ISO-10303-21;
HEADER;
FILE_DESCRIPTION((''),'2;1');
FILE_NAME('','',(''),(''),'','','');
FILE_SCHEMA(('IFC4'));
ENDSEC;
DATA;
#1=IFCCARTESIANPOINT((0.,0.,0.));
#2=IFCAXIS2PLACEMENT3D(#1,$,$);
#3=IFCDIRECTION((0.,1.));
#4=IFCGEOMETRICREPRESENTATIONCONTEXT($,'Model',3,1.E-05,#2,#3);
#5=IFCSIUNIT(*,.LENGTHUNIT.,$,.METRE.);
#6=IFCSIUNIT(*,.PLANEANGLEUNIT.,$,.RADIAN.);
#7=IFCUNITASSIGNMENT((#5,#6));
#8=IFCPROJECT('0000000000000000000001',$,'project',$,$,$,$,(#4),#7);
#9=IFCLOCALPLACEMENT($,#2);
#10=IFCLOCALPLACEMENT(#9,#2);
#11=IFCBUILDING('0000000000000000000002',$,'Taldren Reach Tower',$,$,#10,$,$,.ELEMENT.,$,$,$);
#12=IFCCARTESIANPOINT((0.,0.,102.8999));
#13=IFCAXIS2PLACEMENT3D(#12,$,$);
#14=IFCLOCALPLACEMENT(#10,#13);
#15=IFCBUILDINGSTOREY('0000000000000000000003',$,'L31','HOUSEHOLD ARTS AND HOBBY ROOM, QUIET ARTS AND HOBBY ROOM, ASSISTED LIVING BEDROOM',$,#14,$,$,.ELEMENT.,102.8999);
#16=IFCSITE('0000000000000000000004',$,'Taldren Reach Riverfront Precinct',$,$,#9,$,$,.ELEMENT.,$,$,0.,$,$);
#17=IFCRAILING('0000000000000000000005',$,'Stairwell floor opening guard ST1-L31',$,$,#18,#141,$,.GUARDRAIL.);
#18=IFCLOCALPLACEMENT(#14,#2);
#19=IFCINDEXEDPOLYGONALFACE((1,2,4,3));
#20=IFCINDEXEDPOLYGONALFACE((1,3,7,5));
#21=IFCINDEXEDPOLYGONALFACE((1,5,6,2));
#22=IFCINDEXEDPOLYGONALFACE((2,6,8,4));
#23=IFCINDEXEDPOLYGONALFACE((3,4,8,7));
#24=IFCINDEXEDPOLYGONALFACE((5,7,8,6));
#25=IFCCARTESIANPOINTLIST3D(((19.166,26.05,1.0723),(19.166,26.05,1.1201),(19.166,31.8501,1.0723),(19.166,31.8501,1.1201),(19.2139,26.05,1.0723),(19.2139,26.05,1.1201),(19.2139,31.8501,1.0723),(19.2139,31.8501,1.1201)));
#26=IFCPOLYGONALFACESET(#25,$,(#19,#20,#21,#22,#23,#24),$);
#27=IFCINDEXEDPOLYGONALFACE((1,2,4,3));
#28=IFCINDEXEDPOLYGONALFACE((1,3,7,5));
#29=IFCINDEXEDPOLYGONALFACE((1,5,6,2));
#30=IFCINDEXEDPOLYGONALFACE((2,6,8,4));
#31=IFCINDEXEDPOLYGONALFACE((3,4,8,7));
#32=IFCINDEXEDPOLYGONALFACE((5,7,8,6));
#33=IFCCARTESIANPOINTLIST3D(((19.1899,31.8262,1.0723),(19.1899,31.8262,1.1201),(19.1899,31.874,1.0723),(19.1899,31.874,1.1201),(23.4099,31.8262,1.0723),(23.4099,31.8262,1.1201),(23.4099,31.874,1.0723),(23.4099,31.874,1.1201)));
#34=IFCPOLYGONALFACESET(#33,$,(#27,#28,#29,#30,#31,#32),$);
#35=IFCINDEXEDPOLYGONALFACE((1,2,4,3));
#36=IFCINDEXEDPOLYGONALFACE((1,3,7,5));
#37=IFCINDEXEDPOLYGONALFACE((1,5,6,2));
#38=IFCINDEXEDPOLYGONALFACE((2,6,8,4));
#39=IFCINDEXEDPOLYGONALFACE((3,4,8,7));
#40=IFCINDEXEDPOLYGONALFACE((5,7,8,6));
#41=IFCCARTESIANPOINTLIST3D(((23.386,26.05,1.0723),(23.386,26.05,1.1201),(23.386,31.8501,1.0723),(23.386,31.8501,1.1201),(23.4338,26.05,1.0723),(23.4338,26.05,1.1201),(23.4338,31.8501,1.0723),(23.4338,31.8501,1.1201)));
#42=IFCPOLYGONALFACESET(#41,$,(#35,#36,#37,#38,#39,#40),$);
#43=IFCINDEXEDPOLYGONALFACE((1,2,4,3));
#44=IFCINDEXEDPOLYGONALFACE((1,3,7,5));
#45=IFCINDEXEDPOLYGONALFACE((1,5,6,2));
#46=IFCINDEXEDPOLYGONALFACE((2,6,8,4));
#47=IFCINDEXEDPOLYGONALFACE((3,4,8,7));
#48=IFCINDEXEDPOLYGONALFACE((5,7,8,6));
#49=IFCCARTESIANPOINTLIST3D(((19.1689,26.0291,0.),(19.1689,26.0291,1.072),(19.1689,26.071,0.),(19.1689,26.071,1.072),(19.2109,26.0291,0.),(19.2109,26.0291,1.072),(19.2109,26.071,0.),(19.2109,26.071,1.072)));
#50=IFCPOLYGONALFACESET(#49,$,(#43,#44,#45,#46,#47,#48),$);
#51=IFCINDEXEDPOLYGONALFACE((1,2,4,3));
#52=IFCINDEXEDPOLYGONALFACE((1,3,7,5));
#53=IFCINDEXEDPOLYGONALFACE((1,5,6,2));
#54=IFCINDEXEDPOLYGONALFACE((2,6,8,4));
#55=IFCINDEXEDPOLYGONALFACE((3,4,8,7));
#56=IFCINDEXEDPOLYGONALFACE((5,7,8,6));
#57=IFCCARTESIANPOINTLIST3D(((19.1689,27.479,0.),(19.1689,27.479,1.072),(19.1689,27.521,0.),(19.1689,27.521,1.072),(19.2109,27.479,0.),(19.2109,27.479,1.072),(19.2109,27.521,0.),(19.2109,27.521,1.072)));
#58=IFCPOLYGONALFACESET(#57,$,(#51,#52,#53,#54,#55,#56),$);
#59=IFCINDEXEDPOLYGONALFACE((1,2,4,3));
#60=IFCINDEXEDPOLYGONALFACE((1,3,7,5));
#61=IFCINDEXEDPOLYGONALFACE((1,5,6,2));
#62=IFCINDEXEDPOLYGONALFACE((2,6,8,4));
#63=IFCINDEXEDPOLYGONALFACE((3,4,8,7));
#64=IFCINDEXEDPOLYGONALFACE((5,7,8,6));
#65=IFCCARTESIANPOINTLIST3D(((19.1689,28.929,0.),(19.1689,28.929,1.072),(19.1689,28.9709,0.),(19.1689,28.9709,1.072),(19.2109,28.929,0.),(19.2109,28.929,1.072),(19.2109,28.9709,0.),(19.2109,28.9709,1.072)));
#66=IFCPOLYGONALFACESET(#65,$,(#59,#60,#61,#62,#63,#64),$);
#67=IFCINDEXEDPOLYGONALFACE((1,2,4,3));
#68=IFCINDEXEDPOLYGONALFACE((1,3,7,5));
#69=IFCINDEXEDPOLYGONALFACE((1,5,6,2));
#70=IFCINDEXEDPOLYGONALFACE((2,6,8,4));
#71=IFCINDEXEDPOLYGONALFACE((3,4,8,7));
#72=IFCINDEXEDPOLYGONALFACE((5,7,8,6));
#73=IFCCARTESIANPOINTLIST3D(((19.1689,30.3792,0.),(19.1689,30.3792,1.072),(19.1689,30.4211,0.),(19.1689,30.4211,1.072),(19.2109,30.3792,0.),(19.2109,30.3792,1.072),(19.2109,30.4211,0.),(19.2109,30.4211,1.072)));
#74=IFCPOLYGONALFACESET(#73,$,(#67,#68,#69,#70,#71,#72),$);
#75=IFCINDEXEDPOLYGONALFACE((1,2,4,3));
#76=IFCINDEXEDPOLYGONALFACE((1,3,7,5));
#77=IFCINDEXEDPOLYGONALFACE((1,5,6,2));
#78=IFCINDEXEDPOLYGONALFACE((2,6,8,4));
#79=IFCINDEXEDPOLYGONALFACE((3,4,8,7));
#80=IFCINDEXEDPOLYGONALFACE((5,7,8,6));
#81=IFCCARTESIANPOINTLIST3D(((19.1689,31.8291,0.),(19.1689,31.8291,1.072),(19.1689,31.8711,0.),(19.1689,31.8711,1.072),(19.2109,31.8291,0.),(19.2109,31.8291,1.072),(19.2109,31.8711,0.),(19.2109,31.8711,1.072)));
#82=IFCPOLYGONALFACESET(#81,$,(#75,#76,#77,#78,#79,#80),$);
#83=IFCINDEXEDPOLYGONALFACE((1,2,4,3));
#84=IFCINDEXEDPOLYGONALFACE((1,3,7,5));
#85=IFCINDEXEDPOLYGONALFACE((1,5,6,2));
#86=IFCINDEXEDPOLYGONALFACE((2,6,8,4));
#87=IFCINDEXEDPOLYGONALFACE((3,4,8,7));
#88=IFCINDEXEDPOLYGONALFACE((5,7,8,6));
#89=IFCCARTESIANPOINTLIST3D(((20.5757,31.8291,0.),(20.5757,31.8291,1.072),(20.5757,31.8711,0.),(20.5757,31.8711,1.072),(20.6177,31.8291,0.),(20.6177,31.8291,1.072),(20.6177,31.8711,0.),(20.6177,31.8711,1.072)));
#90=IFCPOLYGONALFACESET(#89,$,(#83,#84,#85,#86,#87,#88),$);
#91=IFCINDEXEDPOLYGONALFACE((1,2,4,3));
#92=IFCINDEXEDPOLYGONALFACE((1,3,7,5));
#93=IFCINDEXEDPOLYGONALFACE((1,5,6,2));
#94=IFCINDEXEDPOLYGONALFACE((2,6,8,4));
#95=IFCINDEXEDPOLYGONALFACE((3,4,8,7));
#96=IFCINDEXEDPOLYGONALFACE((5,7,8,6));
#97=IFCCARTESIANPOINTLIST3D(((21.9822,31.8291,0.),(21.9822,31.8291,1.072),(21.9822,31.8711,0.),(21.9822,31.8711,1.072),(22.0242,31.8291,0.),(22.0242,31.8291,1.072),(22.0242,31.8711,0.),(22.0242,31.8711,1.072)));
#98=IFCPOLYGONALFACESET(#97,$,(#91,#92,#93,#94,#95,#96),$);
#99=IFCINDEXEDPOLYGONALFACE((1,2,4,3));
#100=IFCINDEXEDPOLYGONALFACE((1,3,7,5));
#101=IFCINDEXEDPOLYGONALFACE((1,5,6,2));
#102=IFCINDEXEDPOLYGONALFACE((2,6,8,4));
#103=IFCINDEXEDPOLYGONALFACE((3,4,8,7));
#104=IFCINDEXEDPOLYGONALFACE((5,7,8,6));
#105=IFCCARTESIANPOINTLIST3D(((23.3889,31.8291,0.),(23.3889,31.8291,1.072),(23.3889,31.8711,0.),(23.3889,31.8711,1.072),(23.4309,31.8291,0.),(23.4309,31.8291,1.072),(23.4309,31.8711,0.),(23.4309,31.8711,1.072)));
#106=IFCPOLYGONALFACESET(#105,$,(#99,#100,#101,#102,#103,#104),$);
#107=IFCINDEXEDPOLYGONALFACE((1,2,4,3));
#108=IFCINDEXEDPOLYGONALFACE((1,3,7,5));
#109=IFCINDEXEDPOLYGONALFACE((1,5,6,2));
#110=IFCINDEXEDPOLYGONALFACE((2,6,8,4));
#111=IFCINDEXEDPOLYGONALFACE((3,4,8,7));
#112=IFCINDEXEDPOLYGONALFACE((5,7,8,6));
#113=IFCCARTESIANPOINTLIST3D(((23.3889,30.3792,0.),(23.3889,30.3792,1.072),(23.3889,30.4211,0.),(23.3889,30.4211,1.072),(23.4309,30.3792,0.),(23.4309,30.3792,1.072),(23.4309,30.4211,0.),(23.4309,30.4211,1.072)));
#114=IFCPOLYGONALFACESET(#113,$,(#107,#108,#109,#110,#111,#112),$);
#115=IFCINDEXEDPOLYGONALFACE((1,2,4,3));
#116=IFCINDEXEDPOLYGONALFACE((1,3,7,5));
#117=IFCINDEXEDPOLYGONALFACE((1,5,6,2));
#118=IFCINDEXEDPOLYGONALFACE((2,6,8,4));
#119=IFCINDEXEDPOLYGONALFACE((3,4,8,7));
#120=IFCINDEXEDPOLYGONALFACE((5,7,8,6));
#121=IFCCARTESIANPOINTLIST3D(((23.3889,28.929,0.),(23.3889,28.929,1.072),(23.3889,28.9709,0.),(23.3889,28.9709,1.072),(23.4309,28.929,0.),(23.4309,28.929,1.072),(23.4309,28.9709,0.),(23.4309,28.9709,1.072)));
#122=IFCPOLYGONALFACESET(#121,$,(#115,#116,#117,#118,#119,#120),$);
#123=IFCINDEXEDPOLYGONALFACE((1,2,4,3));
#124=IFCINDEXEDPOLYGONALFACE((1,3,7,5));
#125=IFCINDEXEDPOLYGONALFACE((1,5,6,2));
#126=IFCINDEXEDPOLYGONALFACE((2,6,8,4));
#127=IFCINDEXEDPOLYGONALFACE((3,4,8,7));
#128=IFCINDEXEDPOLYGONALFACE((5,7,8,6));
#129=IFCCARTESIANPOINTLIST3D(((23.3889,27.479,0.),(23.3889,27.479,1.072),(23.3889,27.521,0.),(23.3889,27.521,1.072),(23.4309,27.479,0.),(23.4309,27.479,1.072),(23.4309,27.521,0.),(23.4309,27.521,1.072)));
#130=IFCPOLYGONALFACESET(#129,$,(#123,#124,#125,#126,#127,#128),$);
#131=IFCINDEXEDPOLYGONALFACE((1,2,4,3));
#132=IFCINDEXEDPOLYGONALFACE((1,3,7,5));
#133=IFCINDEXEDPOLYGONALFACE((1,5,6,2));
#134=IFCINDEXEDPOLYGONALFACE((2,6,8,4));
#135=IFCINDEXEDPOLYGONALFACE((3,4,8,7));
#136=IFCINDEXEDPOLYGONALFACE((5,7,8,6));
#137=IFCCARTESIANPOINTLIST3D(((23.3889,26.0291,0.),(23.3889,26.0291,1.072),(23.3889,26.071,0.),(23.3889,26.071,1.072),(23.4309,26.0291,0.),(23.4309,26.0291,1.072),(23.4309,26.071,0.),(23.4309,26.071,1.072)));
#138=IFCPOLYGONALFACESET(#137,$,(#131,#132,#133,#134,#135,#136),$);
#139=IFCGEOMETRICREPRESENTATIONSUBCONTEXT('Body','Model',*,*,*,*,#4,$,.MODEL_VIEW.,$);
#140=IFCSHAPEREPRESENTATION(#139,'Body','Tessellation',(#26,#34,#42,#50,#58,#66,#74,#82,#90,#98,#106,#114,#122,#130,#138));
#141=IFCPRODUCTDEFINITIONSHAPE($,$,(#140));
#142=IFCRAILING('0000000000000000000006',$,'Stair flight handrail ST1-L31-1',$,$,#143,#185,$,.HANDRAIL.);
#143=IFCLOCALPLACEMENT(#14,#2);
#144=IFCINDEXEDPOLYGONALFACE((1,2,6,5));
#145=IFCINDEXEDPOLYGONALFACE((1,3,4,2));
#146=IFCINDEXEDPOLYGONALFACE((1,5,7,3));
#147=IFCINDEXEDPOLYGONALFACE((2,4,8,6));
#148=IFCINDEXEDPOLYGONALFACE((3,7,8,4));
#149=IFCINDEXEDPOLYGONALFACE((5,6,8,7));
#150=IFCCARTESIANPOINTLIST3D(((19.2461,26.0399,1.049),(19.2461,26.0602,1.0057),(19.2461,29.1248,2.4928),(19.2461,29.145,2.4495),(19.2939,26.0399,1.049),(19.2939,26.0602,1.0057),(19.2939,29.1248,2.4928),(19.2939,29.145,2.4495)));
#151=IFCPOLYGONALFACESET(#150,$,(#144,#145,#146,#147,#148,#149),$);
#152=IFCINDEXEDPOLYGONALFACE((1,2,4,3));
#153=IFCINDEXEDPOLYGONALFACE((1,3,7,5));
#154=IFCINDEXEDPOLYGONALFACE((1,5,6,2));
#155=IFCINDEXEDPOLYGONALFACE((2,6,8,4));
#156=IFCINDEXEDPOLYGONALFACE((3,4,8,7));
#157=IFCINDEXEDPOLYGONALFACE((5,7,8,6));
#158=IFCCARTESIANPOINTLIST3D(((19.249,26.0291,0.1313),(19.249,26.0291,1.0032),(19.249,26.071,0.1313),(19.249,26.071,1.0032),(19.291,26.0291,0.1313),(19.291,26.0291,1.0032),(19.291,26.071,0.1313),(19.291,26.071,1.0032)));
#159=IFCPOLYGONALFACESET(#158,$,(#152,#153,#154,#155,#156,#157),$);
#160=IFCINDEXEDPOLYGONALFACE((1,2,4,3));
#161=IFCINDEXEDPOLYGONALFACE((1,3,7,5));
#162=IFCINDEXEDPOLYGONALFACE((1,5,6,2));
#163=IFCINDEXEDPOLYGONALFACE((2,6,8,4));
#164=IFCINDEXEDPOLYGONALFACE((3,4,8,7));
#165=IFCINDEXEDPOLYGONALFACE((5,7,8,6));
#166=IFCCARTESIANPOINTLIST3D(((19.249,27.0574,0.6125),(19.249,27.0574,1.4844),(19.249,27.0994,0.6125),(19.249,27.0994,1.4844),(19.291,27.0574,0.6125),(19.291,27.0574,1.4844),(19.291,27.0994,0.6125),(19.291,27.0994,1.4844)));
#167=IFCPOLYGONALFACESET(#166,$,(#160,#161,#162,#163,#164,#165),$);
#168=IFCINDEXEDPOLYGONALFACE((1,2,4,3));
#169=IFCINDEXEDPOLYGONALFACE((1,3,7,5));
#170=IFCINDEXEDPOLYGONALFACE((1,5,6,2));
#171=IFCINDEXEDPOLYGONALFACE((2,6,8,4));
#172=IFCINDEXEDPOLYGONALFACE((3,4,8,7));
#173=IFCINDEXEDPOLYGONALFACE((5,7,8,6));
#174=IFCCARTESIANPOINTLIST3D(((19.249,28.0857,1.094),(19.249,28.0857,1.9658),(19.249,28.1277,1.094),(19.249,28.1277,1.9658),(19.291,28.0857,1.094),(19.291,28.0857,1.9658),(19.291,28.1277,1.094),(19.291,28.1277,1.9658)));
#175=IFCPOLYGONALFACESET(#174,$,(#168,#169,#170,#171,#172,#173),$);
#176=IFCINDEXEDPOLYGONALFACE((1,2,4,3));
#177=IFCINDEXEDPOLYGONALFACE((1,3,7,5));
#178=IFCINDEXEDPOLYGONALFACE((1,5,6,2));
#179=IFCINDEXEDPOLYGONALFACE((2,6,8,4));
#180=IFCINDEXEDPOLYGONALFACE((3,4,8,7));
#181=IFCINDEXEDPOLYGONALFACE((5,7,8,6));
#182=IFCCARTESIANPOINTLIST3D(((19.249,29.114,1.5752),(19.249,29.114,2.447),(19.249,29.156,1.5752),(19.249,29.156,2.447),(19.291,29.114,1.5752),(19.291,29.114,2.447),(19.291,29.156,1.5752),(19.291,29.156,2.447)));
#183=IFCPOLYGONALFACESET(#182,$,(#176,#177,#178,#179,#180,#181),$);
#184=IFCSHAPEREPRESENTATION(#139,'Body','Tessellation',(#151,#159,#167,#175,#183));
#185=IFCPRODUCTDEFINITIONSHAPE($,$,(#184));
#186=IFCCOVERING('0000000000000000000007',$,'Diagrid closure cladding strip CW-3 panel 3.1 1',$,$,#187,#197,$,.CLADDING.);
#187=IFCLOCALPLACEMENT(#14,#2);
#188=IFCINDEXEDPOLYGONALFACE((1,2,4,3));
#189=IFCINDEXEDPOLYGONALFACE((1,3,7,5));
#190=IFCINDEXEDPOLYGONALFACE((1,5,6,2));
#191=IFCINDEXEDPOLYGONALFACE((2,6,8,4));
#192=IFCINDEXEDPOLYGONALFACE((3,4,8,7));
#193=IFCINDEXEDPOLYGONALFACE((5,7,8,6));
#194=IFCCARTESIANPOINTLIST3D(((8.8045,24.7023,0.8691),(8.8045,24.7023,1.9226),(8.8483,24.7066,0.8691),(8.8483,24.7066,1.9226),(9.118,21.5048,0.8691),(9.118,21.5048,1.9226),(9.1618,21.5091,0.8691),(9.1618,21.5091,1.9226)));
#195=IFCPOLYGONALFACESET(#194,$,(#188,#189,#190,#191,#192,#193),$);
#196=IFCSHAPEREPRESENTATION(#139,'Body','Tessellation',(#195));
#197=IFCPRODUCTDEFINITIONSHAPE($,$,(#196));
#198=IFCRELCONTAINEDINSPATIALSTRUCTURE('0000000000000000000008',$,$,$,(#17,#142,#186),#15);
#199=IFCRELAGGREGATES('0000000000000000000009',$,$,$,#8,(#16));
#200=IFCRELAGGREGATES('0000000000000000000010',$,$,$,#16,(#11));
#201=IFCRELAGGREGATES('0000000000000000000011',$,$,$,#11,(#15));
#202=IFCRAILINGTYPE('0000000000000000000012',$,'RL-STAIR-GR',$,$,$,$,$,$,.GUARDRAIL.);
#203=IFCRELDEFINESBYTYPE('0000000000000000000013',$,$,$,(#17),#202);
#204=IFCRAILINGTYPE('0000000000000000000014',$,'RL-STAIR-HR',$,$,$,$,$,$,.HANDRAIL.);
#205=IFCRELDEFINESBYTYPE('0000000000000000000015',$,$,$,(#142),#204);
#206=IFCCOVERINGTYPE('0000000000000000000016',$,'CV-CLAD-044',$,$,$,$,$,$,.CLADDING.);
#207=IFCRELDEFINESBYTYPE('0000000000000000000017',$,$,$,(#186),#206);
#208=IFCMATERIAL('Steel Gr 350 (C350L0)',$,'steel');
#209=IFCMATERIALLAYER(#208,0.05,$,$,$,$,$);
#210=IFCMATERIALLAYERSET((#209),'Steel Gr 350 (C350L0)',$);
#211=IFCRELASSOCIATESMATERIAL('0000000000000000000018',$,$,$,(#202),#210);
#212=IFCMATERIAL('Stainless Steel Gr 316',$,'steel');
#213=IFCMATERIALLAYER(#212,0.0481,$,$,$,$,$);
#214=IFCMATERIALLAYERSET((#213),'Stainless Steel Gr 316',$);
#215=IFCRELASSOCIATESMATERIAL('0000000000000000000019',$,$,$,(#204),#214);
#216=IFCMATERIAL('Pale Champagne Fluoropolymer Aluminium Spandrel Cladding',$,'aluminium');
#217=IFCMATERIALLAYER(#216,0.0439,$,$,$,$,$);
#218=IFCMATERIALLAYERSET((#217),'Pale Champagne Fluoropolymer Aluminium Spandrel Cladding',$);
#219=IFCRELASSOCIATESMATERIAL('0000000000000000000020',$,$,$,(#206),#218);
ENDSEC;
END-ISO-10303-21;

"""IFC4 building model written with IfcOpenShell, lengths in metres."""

from ifc_helpers import new_model, si_unit, direction, frame, origin, origin_2d, place, context, subcontext, project, spatial, rectangle, extrude, source, transform, mapped, material, layer, layer_set, type_object, element, save


model = new_model("IFC4")

# Units and contexts
model_context = context("Model", 3, precision=1e-05, world=origin(), true_north=direction((0.0, 1.0)))
body_context = subcontext(model_context, "Body", "Model", "MODEL_VIEW")
ifc_project = project(units=[si_unit("LENGTHUNIT", "METRE"), si_unit("PLANEANGLEUNIT", "RADIAN")], contexts=[model_context])

# Site, building, storey
site_placement = place(None, origin())
site = spatial("IfcSite", under=ifc_project, at=site_placement, Name="Taldren Reach Riverfront Precinct", CompositionType="ELEMENT", RefElevation=0.0)
building_placement = place(site_placement, origin())
building = spatial("IfcBuilding", under=site, at=building_placement, Name="Taldren Reach Tower", CompositionType="ELEMENT")
storey_placement = place(building_placement, frame((0.0, 0.0, 102.8999)))
storey = spatial("IfcBuildingStorey", under=building, at=storey_placement, Name="L31", Description="HOUSEHOLD ARTS AND HOBBY ROOM, QUIET ARTS AND HOBBY ROOM, ASSISTED LIVING BEDROOM", CompositionType="ELEMENT", Elevation=102.8999)

# Shared definitions
ifc_material_1 = material(Name="Steel Gr 350 (C350L0)", Category="steel")

# Railings
ifc_layer_1 = layer(ifc_material_1, 0.05)
ifc_layer_set_1 = layer_set([ifc_layer_1], Name="Steel Gr 350 (C350L0)")
railing_type_1 = type_object("IfcRailingType", Name="RL-STAIR-GR", PredefinedType="GUARDRAIL", material=ifc_layer_set_1)
railing_1_placement = place(storey_placement, frame((19.1899, 26.05, 0.0)))
element("IfcRailing", 1, at=railing_1_placement, inside=storey, type_object=railing_type_1, Name="Stairwell floor opening guard ST1-L31", PredefinedType="GUARDRAIL", context=body_context, shape_type="SweptSolid", body=[
    extrude(rectangle(XDim=0.0479, YDim=0.0479, at=origin_2d()), frame((0.0, 0.0, 1.0962), z_axis=(0.0, 1.0, 0.0), x_axis=(-1.0, 0.0, 0.0)), (0.0, 0.0, 1.0), 5.8),
    extrude(rectangle(XDim=0.0479, YDim=0.0479, at=origin_2d()), frame((0.0, 5.8, 1.0962), z_axis=(1.0, 0.0, 0.0), x_axis=(0.0, 1.0, 0.0)), (0.0, 0.0, 1.0), 4.22),
    extrude(rectangle(XDim=0.0479, YDim=0.0479, at=origin_2d()), frame((4.22, 5.8, 1.0962), z_axis=(0.0, -1.0, 0.0), x_axis=(1.0, 0.0, 0.0)), (0.0, 0.0, 1.0), 5.8),
    extrude(rectangle(XDim=0.042, YDim=0.042, at=origin_2d()), origin(), (0.0, 0.0, 1.0), 1.072),
    extrude(rectangle(XDim=0.042, YDim=0.042, at=origin_2d()), frame((0.0, 1.45, 0.0)), (0.0, 0.0, 1.0), 1.072),
    extrude(rectangle(XDim=0.042, YDim=0.042, at=origin_2d()), frame((0.0, 2.8999, 0.0)), (0.0, 0.0, 1.0), 1.072),
    extrude(rectangle(XDim=0.042, YDim=0.042, at=origin_2d()), frame((0.0, 4.3501, 0.0)), (0.0, 0.0, 1.0), 1.072),
    extrude(rectangle(XDim=0.042, YDim=0.042, at=origin_2d()), frame((0.0, 5.8, 0.0)), (0.0, 0.0, 1.0), 1.072),
    extrude(rectangle(XDim=0.042, YDim=0.042, at=origin_2d()), frame((1.4067, 5.8, 0.0)), (0.0, 0.0, 1.0), 1.072),
    extrude(rectangle(XDim=0.042, YDim=0.042, at=origin_2d()), frame((2.8132, 5.8, 0.0)), (0.0, 0.0, 1.0), 1.072),
    extrude(rectangle(XDim=0.042, YDim=0.042, at=origin_2d()), frame((4.22, 5.8, 0.0)), (0.0, 0.0, 1.0), 1.072),
    extrude(rectangle(XDim=0.042, YDim=0.042, at=origin_2d()), frame((4.22, 4.3501, 0.0)), (0.0, 0.0, 1.0), 1.072),
    extrude(rectangle(XDim=0.042, YDim=0.042, at=origin_2d()), frame((4.22, 2.8999, 0.0)), (0.0, 0.0, 1.0), 1.072),
    extrude(rectangle(XDim=0.042, YDim=0.042, at=origin_2d()), frame((4.22, 1.45, 0.0)), (0.0, 0.0, 1.0), 1.072),
    extrude(rectangle(XDim=0.042, YDim=0.042, at=origin_2d()), frame((4.22, 0.0, 0.0)), (0.0, 0.0, 1.0), 1.072),
])
ifc_material_2 = material(Name="Stainless Steel Gr 316", Category="steel")
ifc_layer_2 = layer(ifc_material_2, 0.0481)
ifc_layer_set_2 = layer_set([ifc_layer_2], Name="Stainless Steel Gr 316")
railing_type_2 = type_object("IfcRailingType", Name="RL-STAIR-HR", PredefinedType="HANDRAIL", material=ifc_layer_set_2)
railing_2_placement = place(storey_placement, frame((19.27, 26.05, 0.1313)))
element("IfcRailing", 2, at=railing_2_placement, inside=storey, type_object=railing_type_2, Name="Stair flight handrail ST1-L31-1", PredefinedType="HANDRAIL", context=body_context, shape_type="SweptSolid", body=[
    extrude(rectangle(XDim=0.0479, YDim=0.0479, at=origin_2d()), frame((0.0, 0.0, 0.896), z_axis=(0.0, 0.90571, 0.423898), x_axis=(-1.0, 0.0, 0.0)), (0.0, 0.0, 1.0), 3.406),
    extrude(rectangle(XDim=0.042, YDim=0.042, at=origin_2d()), origin(), (0.0, 0.0, 1.0), 0.8718),
    extrude(rectangle(XDim=0.042, YDim=0.042, at=origin_2d()), frame((0.0, 1.0283, 0.4812)), (0.0, 0.0, 1.0), 0.8718),
    extrude(rectangle(XDim=0.042, YDim=0.042, at=origin_2d()), frame((0.0, 2.0566, 0.9626)), (0.0, 0.0, 1.0), 0.8718),
    extrude(rectangle(XDim=0.042, YDim=0.042, at=origin_2d()), frame((0.0, 3.085, 1.4438)), (0.0, 0.0, 1.0), 0.8718),
])

# Covering
ifc_material_3 = material(Name="Pale Champagne Fluoropolymer Aluminium Spandrel Cladding", Category="aluminium")
ifc_layer_3 = layer(ifc_material_3, 0.0439)
ifc_layer_set_3 = layer_set([ifc_layer_3], Name="Pale Champagne Fluoropolymer Aluminium Spandrel Cladding")
covering_type = type_object("IfcCoveringType", Name="CV-CLAD-044", PredefinedType="CLADDING", material=ifc_layer_set_3)
shared_shape_1 = source(origin(), body_context, "Body", "SweptSolid", [
    extrude(rectangle(XDim=3.2129, YDim=0.0439, at=origin_2d()), origin(), (0.0, 0.0, 1.0), 1.0535),
])
covering_placement = place(storey_placement, frame((8.9832, 23.1057, 0.8691), z_axis=(0.0, 0.0, 1.0), x_axis=(0.097583, -0.995227, 0.0)))
element("IfcCovering", 3, at=covering_placement, inside=storey, type_object=covering_type, Name="Diagrid closure cladding strip CW-3 panel 3.1 1", PredefinedType="CLADDING", context=body_context, shape_type="MappedRepresentation", body=[
    mapped(shared_shape_1, transform((0.0, 0.0, 0.0), scale=1.0)),
])

save(model, "model.ifc")
